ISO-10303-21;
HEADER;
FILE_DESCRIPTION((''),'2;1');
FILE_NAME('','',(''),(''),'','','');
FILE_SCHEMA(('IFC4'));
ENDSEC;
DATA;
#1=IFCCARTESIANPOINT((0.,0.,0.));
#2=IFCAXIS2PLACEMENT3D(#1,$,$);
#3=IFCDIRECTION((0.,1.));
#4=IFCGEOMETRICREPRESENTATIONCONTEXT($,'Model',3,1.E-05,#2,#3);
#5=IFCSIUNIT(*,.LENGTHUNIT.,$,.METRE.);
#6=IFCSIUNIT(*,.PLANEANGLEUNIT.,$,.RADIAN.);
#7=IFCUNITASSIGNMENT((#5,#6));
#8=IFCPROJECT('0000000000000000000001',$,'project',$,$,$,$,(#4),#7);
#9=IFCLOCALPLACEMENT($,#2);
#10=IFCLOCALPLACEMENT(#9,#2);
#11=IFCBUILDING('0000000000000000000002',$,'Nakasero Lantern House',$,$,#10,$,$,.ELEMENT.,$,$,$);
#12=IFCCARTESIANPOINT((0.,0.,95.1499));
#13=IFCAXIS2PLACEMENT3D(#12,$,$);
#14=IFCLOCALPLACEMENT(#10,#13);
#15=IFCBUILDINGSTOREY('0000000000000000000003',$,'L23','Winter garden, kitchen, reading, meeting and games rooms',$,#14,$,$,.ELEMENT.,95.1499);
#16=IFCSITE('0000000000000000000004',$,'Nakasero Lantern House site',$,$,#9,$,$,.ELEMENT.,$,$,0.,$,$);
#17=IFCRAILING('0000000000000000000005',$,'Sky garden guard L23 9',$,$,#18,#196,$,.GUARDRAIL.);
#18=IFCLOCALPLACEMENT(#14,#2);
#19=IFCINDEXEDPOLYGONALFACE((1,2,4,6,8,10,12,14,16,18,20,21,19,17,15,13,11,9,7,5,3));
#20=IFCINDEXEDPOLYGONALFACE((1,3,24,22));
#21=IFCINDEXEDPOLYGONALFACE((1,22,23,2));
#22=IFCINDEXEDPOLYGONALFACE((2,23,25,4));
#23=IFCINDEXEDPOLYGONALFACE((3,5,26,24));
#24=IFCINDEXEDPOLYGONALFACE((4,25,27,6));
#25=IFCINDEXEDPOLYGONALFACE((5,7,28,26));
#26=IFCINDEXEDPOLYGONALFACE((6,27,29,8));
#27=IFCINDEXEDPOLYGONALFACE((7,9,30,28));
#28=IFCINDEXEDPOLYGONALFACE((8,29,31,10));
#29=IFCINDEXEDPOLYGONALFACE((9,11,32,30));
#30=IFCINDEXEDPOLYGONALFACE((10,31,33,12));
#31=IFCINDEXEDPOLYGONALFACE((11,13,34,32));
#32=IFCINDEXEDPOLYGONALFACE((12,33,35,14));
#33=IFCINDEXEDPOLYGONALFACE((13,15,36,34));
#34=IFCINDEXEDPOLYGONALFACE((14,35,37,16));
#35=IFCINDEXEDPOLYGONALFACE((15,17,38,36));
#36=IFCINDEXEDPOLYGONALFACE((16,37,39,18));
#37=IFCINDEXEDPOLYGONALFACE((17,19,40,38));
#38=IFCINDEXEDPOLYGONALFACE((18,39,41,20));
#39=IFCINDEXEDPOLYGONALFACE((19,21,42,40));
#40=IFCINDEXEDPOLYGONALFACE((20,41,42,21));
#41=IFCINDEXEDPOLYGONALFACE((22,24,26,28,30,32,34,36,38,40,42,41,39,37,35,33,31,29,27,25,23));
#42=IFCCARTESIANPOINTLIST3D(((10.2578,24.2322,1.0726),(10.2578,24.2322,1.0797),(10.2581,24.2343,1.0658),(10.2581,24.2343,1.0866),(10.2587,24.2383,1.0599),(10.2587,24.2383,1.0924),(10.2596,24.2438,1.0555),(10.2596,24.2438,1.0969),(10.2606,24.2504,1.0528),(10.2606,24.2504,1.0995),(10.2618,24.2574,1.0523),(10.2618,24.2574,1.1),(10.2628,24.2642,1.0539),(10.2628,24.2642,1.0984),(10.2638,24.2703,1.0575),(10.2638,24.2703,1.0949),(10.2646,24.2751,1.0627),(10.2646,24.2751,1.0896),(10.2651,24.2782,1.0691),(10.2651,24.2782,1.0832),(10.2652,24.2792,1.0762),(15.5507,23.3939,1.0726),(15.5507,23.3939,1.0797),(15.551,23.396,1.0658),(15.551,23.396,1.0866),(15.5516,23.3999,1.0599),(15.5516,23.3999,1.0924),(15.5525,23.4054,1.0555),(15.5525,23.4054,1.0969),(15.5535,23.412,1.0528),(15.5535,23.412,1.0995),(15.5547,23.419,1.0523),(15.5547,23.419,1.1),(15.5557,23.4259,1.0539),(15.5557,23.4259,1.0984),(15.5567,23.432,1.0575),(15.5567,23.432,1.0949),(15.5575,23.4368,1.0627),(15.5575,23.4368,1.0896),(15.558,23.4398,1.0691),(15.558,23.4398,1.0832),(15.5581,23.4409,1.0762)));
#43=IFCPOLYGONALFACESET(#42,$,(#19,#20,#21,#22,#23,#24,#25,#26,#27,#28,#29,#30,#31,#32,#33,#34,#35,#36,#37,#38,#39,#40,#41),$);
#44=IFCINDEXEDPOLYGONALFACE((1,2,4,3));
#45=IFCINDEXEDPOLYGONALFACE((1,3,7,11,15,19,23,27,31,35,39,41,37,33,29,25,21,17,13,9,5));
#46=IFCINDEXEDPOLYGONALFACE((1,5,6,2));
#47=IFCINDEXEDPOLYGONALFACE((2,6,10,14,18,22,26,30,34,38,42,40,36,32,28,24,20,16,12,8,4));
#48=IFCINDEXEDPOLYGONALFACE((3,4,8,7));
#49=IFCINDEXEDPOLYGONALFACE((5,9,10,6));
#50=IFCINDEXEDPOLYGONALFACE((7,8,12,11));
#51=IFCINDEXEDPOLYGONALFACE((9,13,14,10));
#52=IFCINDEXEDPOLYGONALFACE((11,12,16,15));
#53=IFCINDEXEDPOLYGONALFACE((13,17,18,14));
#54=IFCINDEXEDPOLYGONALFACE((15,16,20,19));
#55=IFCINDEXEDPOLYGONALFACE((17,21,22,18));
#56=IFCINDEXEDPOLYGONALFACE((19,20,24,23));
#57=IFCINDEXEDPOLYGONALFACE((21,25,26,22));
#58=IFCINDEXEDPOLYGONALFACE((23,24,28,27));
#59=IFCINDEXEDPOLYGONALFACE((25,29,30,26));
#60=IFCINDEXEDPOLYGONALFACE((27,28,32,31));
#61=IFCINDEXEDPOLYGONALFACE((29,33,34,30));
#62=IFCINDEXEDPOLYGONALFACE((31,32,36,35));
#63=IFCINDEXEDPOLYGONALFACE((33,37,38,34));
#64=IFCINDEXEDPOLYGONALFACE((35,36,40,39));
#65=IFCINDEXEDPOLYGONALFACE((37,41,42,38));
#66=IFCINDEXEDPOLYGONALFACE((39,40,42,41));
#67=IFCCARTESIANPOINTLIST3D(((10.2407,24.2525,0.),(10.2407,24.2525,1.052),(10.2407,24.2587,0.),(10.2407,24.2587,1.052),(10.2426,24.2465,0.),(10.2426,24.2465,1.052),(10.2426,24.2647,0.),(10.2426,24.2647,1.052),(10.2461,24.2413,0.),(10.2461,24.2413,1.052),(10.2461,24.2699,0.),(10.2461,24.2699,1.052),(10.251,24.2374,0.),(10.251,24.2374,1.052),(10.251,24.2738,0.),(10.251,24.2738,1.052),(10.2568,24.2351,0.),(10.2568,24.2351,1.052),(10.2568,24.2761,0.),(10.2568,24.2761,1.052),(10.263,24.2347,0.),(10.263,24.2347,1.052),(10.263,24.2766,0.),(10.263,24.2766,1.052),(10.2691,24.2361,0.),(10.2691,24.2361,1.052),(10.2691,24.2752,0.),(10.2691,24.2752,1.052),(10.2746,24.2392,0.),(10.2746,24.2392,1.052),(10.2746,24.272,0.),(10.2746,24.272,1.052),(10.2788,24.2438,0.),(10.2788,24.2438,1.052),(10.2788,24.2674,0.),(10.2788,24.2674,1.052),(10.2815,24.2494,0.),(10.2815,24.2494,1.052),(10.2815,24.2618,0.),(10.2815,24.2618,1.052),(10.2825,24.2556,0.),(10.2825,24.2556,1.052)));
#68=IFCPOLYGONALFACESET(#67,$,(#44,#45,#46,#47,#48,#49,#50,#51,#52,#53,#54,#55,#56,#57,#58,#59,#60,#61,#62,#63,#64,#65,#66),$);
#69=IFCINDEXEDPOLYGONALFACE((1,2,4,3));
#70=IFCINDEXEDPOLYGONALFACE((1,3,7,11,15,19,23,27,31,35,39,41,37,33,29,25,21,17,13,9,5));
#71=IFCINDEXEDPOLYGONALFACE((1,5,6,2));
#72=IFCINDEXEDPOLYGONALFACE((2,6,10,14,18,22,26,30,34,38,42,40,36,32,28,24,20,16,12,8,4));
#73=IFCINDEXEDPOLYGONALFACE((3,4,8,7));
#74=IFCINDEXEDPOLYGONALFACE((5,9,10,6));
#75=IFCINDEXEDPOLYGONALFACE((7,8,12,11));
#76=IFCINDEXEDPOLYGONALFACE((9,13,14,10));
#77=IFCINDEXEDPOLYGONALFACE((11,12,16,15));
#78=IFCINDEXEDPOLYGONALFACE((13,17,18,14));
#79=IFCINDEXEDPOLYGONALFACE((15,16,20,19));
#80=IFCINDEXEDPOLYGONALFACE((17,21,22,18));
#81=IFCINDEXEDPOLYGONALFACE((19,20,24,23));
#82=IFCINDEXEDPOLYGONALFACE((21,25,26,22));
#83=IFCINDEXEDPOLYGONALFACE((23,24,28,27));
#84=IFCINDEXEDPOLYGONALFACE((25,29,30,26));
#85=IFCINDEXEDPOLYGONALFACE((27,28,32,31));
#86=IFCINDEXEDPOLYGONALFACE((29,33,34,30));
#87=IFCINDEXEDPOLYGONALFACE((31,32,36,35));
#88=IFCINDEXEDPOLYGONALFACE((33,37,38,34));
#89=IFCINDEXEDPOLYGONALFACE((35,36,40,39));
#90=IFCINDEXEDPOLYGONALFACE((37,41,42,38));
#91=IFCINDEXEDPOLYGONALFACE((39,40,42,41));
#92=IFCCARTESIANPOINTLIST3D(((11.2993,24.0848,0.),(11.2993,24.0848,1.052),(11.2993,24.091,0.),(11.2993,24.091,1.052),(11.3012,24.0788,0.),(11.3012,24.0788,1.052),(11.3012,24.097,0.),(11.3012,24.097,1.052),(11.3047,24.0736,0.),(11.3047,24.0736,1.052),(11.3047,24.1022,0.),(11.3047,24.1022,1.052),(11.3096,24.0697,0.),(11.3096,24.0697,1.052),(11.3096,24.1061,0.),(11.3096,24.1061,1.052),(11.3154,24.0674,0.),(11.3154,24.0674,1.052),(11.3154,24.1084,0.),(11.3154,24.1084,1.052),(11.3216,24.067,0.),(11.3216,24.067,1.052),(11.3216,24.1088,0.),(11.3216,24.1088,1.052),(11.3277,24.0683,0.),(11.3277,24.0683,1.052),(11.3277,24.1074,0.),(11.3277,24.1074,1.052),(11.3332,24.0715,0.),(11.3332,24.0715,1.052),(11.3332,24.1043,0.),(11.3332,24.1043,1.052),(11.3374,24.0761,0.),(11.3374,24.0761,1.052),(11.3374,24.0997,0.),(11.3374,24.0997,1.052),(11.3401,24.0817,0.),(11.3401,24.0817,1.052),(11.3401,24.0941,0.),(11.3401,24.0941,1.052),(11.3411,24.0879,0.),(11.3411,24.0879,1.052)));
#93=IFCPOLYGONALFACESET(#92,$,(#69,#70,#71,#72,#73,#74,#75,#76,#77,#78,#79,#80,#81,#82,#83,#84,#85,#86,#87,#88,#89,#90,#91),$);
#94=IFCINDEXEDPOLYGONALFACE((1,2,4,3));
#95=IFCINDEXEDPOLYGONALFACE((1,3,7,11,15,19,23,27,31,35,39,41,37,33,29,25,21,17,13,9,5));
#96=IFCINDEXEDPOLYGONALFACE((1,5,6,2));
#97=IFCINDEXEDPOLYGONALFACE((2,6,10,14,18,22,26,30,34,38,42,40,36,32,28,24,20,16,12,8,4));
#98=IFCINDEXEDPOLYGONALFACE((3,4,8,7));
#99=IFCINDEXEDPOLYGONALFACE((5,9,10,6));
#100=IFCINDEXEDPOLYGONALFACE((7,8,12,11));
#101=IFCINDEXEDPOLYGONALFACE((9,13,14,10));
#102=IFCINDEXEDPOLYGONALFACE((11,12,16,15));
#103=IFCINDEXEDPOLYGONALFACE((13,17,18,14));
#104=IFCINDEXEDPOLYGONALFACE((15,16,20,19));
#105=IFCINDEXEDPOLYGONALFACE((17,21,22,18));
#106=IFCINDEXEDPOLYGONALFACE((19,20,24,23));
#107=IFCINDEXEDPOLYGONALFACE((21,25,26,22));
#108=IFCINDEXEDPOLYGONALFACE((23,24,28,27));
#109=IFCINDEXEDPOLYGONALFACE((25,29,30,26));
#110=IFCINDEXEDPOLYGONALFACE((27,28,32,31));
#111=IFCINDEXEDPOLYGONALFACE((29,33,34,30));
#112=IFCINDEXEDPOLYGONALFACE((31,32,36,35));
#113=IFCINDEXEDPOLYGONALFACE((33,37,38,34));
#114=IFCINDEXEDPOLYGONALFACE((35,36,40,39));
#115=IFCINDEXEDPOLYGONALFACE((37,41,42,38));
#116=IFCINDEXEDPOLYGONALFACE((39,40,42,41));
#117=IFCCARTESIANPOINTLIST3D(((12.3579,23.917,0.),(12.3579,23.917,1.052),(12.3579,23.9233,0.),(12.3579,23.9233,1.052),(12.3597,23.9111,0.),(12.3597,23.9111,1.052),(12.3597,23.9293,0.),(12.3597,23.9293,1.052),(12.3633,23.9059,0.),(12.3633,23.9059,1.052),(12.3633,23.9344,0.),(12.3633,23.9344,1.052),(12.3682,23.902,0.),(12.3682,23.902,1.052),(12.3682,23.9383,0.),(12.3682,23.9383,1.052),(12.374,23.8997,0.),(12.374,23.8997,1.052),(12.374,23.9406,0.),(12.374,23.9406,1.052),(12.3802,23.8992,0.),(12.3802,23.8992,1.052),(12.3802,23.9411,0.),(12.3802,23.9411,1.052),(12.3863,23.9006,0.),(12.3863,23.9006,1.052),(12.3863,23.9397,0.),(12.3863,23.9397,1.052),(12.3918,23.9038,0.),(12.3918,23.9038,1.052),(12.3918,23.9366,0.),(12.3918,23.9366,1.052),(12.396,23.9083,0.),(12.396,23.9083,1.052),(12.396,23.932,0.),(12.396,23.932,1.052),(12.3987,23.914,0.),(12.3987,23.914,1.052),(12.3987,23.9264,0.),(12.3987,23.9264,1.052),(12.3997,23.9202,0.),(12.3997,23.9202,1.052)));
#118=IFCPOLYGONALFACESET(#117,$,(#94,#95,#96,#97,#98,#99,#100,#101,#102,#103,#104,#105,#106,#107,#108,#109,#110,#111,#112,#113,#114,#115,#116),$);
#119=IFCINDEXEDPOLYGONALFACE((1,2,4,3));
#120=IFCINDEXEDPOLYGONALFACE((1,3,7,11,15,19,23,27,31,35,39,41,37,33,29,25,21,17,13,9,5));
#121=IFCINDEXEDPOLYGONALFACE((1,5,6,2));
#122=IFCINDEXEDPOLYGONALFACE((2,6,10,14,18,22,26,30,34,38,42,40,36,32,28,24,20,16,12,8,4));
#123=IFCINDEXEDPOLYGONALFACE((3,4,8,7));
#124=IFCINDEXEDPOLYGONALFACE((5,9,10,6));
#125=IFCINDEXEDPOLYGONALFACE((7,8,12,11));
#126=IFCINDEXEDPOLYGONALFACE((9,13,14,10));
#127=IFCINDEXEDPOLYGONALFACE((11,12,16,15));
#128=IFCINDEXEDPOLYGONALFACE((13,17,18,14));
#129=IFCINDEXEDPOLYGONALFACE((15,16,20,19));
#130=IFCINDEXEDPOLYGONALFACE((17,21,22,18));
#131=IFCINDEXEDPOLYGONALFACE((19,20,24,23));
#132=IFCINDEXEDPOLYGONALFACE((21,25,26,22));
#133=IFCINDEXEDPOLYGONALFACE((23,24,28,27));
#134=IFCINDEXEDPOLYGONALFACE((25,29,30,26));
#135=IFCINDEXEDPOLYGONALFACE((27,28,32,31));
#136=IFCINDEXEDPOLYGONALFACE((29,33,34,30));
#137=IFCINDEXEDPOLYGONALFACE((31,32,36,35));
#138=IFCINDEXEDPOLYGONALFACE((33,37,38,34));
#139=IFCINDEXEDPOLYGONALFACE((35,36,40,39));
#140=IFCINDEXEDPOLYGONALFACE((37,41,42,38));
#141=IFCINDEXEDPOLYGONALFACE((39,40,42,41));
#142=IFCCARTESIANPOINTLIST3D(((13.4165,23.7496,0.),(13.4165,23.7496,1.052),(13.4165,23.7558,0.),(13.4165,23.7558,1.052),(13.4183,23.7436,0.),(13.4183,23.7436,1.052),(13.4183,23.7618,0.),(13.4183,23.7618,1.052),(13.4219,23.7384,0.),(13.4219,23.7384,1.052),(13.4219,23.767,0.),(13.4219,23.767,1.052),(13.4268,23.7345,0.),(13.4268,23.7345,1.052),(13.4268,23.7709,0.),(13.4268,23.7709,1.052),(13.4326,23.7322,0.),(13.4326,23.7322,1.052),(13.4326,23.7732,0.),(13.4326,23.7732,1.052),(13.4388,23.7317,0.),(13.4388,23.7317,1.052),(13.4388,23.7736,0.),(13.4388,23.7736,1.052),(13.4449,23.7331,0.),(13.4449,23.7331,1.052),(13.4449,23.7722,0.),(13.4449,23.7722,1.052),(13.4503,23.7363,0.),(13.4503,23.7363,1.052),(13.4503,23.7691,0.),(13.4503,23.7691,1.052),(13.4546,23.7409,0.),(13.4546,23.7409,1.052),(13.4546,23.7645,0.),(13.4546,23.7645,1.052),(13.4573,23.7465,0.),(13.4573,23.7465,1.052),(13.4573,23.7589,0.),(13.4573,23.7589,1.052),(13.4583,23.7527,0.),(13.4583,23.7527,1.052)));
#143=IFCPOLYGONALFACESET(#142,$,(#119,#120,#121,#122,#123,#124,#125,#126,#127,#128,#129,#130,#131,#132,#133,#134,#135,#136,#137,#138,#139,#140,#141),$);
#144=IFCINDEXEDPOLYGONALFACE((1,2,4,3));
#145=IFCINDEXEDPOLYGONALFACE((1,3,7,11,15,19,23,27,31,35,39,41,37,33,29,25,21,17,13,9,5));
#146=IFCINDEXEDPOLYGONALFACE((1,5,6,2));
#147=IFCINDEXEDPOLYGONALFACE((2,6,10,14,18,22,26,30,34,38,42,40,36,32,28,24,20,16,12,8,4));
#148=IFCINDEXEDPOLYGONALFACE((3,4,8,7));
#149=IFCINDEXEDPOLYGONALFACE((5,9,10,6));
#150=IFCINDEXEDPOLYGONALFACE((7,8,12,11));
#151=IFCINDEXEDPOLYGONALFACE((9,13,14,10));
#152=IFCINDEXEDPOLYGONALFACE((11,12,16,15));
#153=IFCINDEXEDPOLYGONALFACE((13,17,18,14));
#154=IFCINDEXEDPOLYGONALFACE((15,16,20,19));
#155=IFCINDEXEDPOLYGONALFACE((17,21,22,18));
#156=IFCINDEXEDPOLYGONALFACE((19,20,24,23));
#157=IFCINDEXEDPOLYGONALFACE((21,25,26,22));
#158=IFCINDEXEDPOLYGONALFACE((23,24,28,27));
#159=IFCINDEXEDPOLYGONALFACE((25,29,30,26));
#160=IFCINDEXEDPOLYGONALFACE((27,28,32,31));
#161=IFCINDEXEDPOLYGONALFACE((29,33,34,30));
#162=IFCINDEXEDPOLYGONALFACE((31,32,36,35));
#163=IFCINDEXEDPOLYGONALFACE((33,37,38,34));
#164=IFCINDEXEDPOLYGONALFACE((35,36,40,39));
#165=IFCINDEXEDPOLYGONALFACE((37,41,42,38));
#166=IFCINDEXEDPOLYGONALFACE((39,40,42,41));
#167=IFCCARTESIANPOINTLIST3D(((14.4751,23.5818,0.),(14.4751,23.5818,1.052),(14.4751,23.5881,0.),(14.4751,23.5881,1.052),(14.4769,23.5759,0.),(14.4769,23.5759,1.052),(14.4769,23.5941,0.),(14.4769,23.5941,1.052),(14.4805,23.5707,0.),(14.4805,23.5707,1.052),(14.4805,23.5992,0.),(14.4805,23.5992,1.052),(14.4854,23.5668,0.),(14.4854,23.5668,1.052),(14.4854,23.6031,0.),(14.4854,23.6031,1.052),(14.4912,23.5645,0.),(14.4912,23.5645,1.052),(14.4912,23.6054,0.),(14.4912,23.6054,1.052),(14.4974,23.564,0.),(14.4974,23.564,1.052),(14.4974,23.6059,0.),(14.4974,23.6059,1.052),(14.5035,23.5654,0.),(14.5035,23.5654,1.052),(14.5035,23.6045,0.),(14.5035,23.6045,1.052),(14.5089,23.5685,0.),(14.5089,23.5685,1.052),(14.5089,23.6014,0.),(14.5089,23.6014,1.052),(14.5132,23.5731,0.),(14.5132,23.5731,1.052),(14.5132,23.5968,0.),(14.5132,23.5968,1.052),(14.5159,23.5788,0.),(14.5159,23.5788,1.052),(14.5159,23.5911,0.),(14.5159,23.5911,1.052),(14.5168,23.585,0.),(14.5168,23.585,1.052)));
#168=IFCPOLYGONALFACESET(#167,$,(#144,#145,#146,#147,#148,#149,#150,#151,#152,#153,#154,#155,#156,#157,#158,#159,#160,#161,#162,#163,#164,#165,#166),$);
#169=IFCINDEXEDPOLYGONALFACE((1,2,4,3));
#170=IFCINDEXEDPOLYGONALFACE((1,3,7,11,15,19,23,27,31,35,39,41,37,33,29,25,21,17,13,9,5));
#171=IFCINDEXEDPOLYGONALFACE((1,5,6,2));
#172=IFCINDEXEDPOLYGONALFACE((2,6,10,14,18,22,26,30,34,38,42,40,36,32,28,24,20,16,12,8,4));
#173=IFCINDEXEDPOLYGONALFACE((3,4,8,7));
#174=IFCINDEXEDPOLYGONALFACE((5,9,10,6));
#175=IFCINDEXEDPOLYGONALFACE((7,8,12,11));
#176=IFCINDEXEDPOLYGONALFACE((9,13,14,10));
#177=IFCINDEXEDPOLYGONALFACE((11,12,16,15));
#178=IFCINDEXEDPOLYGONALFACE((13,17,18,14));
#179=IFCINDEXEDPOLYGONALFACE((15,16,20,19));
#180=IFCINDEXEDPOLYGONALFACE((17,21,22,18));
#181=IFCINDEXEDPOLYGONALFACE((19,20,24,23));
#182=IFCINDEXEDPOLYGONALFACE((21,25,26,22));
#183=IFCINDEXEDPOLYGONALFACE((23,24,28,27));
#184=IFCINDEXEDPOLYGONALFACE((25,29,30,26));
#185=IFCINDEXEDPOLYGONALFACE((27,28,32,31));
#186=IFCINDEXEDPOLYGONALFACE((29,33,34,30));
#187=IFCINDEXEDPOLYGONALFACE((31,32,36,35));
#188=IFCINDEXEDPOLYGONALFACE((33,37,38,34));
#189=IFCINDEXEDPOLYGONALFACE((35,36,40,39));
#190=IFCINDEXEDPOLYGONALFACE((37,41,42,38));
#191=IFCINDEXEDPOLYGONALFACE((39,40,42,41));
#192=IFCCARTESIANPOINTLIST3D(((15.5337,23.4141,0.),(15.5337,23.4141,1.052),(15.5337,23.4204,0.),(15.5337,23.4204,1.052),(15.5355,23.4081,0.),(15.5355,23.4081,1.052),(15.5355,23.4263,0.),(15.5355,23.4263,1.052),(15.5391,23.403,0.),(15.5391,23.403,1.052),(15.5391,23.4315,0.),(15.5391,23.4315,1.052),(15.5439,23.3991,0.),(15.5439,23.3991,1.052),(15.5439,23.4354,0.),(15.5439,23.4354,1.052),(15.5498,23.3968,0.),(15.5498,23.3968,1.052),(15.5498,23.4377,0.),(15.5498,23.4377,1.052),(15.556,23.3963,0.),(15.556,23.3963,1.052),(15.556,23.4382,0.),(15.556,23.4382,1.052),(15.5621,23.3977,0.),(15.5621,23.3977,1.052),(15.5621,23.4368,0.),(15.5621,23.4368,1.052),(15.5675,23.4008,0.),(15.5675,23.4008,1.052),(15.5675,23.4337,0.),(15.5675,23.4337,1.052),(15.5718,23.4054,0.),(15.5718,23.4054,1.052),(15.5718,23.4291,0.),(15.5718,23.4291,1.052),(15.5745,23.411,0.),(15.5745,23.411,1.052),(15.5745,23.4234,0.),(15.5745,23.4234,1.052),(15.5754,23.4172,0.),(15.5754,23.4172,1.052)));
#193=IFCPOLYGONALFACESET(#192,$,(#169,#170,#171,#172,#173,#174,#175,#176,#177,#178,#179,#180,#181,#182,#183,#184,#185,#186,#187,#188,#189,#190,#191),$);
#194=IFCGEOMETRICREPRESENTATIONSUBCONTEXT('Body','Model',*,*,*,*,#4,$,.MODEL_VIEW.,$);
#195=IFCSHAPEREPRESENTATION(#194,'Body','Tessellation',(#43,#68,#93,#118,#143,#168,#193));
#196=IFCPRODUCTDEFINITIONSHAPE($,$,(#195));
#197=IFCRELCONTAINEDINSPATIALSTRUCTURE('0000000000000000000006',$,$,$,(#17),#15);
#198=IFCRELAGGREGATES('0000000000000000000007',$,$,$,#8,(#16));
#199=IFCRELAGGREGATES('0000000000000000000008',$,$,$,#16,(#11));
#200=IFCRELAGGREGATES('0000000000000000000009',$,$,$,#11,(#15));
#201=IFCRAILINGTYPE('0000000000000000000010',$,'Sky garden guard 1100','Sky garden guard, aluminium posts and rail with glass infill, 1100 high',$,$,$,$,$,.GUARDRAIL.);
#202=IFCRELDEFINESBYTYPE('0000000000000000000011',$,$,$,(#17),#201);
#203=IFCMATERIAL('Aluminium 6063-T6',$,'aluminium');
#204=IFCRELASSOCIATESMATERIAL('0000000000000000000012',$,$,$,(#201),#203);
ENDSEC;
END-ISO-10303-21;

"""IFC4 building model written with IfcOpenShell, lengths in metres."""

from ifc_helpers import new_model, si_unit, direction, frame, origin, origin_2d, place, context, subcontext, project, spatial, circle, extrude, material, type_object, element, save


model = new_model("IFC4")

# Units and contexts
model_context = context("Model", 3, precision=1e-05, world=origin(), true_north=direction((0.0, 1.0)))
body_context = subcontext(model_context, "Body", "Model", "MODEL_VIEW")
ifc_project = project(units=[si_unit("LENGTHUNIT", "METRE"), si_unit("PLANEANGLEUNIT", "RADIAN")], contexts=[model_context])

# Site, building, storey
site_placement = place(None, origin())
site = spatial("IfcSite", under=ifc_project, at=site_placement, Name="Nakasero Lantern House site", CompositionType="ELEMENT", RefElevation=0.0)
building_placement = place(site_placement, origin())
building = spatial("IfcBuilding", under=site, at=building_placement, Name="Nakasero Lantern House", CompositionType="ELEMENT")
storey_placement = place(building_placement, frame((0.0, 0.0, 95.1499)))
storey = spatial("IfcBuildingStorey", under=building, at=storey_placement, Name="L23", Description="Winter garden, kitchen, reading, meeting and games rooms", CompositionType="ELEMENT", Elevation=95.1499)

# Railing
ifc_material_1 = material(Name="Aluminium 6063-T6", Category="aluminium")
railing_type = type_object("IfcRailingType", Name="Sky garden guard 1100", Description="Sky garden guard, aluminium posts and rail with glass infill, 1100 high", PredefinedType="GUARDRAIL", material=ifc_material_1)
railing_placement = place(storey_placement, frame((10.2615, 24.2556, 0.0)))
element("IfcRailing", 1, at=railing_placement, inside=storey, type_object=railing_type, Name="Sky garden guard L23 9", PredefinedType="GUARDRAIL", context=body_context, shape_type="SweptSolid", body=[
    extrude(circle(Radius=0.0239, at=origin_2d()), frame((0.0, 0.0, 1.0762), z_axis=(0.987687, -0.156444, 0.0), x_axis=(0.156444, 0.987687, 0.0)), (0.0, 0.0, 1.0), 5.3589),
    extrude(circle(Radius=0.021, at=origin_2d()), origin(), (0.0, 0.0, 1.0), 1.052),
    extrude(circle(Radius=0.021, at=origin_2d()), frame((1.0586, -0.1677, 0.0)), (0.0, 0.0, 1.0), 1.052),
    extrude(circle(Radius=0.021, at=origin_2d()), frame((2.1172, -0.3354, 0.0)), (0.0, 0.0, 1.0), 1.052),
    extrude(circle(Radius=0.021, at=origin_2d()), frame((3.1758, -0.5029, 0.0)), (0.0, 0.0, 1.0), 1.052),
    extrude(circle(Radius=0.021, at=origin_2d()), frame((4.2344, -0.6707, 0.0)), (0.0, 0.0, 1.0), 1.052),
    extrude(circle(Radius=0.021, at=origin_2d()), frame((5.293, -0.8384, 0.0)), (0.0, 0.0, 1.0), 1.052),
])

save(model, "model.ifc")
